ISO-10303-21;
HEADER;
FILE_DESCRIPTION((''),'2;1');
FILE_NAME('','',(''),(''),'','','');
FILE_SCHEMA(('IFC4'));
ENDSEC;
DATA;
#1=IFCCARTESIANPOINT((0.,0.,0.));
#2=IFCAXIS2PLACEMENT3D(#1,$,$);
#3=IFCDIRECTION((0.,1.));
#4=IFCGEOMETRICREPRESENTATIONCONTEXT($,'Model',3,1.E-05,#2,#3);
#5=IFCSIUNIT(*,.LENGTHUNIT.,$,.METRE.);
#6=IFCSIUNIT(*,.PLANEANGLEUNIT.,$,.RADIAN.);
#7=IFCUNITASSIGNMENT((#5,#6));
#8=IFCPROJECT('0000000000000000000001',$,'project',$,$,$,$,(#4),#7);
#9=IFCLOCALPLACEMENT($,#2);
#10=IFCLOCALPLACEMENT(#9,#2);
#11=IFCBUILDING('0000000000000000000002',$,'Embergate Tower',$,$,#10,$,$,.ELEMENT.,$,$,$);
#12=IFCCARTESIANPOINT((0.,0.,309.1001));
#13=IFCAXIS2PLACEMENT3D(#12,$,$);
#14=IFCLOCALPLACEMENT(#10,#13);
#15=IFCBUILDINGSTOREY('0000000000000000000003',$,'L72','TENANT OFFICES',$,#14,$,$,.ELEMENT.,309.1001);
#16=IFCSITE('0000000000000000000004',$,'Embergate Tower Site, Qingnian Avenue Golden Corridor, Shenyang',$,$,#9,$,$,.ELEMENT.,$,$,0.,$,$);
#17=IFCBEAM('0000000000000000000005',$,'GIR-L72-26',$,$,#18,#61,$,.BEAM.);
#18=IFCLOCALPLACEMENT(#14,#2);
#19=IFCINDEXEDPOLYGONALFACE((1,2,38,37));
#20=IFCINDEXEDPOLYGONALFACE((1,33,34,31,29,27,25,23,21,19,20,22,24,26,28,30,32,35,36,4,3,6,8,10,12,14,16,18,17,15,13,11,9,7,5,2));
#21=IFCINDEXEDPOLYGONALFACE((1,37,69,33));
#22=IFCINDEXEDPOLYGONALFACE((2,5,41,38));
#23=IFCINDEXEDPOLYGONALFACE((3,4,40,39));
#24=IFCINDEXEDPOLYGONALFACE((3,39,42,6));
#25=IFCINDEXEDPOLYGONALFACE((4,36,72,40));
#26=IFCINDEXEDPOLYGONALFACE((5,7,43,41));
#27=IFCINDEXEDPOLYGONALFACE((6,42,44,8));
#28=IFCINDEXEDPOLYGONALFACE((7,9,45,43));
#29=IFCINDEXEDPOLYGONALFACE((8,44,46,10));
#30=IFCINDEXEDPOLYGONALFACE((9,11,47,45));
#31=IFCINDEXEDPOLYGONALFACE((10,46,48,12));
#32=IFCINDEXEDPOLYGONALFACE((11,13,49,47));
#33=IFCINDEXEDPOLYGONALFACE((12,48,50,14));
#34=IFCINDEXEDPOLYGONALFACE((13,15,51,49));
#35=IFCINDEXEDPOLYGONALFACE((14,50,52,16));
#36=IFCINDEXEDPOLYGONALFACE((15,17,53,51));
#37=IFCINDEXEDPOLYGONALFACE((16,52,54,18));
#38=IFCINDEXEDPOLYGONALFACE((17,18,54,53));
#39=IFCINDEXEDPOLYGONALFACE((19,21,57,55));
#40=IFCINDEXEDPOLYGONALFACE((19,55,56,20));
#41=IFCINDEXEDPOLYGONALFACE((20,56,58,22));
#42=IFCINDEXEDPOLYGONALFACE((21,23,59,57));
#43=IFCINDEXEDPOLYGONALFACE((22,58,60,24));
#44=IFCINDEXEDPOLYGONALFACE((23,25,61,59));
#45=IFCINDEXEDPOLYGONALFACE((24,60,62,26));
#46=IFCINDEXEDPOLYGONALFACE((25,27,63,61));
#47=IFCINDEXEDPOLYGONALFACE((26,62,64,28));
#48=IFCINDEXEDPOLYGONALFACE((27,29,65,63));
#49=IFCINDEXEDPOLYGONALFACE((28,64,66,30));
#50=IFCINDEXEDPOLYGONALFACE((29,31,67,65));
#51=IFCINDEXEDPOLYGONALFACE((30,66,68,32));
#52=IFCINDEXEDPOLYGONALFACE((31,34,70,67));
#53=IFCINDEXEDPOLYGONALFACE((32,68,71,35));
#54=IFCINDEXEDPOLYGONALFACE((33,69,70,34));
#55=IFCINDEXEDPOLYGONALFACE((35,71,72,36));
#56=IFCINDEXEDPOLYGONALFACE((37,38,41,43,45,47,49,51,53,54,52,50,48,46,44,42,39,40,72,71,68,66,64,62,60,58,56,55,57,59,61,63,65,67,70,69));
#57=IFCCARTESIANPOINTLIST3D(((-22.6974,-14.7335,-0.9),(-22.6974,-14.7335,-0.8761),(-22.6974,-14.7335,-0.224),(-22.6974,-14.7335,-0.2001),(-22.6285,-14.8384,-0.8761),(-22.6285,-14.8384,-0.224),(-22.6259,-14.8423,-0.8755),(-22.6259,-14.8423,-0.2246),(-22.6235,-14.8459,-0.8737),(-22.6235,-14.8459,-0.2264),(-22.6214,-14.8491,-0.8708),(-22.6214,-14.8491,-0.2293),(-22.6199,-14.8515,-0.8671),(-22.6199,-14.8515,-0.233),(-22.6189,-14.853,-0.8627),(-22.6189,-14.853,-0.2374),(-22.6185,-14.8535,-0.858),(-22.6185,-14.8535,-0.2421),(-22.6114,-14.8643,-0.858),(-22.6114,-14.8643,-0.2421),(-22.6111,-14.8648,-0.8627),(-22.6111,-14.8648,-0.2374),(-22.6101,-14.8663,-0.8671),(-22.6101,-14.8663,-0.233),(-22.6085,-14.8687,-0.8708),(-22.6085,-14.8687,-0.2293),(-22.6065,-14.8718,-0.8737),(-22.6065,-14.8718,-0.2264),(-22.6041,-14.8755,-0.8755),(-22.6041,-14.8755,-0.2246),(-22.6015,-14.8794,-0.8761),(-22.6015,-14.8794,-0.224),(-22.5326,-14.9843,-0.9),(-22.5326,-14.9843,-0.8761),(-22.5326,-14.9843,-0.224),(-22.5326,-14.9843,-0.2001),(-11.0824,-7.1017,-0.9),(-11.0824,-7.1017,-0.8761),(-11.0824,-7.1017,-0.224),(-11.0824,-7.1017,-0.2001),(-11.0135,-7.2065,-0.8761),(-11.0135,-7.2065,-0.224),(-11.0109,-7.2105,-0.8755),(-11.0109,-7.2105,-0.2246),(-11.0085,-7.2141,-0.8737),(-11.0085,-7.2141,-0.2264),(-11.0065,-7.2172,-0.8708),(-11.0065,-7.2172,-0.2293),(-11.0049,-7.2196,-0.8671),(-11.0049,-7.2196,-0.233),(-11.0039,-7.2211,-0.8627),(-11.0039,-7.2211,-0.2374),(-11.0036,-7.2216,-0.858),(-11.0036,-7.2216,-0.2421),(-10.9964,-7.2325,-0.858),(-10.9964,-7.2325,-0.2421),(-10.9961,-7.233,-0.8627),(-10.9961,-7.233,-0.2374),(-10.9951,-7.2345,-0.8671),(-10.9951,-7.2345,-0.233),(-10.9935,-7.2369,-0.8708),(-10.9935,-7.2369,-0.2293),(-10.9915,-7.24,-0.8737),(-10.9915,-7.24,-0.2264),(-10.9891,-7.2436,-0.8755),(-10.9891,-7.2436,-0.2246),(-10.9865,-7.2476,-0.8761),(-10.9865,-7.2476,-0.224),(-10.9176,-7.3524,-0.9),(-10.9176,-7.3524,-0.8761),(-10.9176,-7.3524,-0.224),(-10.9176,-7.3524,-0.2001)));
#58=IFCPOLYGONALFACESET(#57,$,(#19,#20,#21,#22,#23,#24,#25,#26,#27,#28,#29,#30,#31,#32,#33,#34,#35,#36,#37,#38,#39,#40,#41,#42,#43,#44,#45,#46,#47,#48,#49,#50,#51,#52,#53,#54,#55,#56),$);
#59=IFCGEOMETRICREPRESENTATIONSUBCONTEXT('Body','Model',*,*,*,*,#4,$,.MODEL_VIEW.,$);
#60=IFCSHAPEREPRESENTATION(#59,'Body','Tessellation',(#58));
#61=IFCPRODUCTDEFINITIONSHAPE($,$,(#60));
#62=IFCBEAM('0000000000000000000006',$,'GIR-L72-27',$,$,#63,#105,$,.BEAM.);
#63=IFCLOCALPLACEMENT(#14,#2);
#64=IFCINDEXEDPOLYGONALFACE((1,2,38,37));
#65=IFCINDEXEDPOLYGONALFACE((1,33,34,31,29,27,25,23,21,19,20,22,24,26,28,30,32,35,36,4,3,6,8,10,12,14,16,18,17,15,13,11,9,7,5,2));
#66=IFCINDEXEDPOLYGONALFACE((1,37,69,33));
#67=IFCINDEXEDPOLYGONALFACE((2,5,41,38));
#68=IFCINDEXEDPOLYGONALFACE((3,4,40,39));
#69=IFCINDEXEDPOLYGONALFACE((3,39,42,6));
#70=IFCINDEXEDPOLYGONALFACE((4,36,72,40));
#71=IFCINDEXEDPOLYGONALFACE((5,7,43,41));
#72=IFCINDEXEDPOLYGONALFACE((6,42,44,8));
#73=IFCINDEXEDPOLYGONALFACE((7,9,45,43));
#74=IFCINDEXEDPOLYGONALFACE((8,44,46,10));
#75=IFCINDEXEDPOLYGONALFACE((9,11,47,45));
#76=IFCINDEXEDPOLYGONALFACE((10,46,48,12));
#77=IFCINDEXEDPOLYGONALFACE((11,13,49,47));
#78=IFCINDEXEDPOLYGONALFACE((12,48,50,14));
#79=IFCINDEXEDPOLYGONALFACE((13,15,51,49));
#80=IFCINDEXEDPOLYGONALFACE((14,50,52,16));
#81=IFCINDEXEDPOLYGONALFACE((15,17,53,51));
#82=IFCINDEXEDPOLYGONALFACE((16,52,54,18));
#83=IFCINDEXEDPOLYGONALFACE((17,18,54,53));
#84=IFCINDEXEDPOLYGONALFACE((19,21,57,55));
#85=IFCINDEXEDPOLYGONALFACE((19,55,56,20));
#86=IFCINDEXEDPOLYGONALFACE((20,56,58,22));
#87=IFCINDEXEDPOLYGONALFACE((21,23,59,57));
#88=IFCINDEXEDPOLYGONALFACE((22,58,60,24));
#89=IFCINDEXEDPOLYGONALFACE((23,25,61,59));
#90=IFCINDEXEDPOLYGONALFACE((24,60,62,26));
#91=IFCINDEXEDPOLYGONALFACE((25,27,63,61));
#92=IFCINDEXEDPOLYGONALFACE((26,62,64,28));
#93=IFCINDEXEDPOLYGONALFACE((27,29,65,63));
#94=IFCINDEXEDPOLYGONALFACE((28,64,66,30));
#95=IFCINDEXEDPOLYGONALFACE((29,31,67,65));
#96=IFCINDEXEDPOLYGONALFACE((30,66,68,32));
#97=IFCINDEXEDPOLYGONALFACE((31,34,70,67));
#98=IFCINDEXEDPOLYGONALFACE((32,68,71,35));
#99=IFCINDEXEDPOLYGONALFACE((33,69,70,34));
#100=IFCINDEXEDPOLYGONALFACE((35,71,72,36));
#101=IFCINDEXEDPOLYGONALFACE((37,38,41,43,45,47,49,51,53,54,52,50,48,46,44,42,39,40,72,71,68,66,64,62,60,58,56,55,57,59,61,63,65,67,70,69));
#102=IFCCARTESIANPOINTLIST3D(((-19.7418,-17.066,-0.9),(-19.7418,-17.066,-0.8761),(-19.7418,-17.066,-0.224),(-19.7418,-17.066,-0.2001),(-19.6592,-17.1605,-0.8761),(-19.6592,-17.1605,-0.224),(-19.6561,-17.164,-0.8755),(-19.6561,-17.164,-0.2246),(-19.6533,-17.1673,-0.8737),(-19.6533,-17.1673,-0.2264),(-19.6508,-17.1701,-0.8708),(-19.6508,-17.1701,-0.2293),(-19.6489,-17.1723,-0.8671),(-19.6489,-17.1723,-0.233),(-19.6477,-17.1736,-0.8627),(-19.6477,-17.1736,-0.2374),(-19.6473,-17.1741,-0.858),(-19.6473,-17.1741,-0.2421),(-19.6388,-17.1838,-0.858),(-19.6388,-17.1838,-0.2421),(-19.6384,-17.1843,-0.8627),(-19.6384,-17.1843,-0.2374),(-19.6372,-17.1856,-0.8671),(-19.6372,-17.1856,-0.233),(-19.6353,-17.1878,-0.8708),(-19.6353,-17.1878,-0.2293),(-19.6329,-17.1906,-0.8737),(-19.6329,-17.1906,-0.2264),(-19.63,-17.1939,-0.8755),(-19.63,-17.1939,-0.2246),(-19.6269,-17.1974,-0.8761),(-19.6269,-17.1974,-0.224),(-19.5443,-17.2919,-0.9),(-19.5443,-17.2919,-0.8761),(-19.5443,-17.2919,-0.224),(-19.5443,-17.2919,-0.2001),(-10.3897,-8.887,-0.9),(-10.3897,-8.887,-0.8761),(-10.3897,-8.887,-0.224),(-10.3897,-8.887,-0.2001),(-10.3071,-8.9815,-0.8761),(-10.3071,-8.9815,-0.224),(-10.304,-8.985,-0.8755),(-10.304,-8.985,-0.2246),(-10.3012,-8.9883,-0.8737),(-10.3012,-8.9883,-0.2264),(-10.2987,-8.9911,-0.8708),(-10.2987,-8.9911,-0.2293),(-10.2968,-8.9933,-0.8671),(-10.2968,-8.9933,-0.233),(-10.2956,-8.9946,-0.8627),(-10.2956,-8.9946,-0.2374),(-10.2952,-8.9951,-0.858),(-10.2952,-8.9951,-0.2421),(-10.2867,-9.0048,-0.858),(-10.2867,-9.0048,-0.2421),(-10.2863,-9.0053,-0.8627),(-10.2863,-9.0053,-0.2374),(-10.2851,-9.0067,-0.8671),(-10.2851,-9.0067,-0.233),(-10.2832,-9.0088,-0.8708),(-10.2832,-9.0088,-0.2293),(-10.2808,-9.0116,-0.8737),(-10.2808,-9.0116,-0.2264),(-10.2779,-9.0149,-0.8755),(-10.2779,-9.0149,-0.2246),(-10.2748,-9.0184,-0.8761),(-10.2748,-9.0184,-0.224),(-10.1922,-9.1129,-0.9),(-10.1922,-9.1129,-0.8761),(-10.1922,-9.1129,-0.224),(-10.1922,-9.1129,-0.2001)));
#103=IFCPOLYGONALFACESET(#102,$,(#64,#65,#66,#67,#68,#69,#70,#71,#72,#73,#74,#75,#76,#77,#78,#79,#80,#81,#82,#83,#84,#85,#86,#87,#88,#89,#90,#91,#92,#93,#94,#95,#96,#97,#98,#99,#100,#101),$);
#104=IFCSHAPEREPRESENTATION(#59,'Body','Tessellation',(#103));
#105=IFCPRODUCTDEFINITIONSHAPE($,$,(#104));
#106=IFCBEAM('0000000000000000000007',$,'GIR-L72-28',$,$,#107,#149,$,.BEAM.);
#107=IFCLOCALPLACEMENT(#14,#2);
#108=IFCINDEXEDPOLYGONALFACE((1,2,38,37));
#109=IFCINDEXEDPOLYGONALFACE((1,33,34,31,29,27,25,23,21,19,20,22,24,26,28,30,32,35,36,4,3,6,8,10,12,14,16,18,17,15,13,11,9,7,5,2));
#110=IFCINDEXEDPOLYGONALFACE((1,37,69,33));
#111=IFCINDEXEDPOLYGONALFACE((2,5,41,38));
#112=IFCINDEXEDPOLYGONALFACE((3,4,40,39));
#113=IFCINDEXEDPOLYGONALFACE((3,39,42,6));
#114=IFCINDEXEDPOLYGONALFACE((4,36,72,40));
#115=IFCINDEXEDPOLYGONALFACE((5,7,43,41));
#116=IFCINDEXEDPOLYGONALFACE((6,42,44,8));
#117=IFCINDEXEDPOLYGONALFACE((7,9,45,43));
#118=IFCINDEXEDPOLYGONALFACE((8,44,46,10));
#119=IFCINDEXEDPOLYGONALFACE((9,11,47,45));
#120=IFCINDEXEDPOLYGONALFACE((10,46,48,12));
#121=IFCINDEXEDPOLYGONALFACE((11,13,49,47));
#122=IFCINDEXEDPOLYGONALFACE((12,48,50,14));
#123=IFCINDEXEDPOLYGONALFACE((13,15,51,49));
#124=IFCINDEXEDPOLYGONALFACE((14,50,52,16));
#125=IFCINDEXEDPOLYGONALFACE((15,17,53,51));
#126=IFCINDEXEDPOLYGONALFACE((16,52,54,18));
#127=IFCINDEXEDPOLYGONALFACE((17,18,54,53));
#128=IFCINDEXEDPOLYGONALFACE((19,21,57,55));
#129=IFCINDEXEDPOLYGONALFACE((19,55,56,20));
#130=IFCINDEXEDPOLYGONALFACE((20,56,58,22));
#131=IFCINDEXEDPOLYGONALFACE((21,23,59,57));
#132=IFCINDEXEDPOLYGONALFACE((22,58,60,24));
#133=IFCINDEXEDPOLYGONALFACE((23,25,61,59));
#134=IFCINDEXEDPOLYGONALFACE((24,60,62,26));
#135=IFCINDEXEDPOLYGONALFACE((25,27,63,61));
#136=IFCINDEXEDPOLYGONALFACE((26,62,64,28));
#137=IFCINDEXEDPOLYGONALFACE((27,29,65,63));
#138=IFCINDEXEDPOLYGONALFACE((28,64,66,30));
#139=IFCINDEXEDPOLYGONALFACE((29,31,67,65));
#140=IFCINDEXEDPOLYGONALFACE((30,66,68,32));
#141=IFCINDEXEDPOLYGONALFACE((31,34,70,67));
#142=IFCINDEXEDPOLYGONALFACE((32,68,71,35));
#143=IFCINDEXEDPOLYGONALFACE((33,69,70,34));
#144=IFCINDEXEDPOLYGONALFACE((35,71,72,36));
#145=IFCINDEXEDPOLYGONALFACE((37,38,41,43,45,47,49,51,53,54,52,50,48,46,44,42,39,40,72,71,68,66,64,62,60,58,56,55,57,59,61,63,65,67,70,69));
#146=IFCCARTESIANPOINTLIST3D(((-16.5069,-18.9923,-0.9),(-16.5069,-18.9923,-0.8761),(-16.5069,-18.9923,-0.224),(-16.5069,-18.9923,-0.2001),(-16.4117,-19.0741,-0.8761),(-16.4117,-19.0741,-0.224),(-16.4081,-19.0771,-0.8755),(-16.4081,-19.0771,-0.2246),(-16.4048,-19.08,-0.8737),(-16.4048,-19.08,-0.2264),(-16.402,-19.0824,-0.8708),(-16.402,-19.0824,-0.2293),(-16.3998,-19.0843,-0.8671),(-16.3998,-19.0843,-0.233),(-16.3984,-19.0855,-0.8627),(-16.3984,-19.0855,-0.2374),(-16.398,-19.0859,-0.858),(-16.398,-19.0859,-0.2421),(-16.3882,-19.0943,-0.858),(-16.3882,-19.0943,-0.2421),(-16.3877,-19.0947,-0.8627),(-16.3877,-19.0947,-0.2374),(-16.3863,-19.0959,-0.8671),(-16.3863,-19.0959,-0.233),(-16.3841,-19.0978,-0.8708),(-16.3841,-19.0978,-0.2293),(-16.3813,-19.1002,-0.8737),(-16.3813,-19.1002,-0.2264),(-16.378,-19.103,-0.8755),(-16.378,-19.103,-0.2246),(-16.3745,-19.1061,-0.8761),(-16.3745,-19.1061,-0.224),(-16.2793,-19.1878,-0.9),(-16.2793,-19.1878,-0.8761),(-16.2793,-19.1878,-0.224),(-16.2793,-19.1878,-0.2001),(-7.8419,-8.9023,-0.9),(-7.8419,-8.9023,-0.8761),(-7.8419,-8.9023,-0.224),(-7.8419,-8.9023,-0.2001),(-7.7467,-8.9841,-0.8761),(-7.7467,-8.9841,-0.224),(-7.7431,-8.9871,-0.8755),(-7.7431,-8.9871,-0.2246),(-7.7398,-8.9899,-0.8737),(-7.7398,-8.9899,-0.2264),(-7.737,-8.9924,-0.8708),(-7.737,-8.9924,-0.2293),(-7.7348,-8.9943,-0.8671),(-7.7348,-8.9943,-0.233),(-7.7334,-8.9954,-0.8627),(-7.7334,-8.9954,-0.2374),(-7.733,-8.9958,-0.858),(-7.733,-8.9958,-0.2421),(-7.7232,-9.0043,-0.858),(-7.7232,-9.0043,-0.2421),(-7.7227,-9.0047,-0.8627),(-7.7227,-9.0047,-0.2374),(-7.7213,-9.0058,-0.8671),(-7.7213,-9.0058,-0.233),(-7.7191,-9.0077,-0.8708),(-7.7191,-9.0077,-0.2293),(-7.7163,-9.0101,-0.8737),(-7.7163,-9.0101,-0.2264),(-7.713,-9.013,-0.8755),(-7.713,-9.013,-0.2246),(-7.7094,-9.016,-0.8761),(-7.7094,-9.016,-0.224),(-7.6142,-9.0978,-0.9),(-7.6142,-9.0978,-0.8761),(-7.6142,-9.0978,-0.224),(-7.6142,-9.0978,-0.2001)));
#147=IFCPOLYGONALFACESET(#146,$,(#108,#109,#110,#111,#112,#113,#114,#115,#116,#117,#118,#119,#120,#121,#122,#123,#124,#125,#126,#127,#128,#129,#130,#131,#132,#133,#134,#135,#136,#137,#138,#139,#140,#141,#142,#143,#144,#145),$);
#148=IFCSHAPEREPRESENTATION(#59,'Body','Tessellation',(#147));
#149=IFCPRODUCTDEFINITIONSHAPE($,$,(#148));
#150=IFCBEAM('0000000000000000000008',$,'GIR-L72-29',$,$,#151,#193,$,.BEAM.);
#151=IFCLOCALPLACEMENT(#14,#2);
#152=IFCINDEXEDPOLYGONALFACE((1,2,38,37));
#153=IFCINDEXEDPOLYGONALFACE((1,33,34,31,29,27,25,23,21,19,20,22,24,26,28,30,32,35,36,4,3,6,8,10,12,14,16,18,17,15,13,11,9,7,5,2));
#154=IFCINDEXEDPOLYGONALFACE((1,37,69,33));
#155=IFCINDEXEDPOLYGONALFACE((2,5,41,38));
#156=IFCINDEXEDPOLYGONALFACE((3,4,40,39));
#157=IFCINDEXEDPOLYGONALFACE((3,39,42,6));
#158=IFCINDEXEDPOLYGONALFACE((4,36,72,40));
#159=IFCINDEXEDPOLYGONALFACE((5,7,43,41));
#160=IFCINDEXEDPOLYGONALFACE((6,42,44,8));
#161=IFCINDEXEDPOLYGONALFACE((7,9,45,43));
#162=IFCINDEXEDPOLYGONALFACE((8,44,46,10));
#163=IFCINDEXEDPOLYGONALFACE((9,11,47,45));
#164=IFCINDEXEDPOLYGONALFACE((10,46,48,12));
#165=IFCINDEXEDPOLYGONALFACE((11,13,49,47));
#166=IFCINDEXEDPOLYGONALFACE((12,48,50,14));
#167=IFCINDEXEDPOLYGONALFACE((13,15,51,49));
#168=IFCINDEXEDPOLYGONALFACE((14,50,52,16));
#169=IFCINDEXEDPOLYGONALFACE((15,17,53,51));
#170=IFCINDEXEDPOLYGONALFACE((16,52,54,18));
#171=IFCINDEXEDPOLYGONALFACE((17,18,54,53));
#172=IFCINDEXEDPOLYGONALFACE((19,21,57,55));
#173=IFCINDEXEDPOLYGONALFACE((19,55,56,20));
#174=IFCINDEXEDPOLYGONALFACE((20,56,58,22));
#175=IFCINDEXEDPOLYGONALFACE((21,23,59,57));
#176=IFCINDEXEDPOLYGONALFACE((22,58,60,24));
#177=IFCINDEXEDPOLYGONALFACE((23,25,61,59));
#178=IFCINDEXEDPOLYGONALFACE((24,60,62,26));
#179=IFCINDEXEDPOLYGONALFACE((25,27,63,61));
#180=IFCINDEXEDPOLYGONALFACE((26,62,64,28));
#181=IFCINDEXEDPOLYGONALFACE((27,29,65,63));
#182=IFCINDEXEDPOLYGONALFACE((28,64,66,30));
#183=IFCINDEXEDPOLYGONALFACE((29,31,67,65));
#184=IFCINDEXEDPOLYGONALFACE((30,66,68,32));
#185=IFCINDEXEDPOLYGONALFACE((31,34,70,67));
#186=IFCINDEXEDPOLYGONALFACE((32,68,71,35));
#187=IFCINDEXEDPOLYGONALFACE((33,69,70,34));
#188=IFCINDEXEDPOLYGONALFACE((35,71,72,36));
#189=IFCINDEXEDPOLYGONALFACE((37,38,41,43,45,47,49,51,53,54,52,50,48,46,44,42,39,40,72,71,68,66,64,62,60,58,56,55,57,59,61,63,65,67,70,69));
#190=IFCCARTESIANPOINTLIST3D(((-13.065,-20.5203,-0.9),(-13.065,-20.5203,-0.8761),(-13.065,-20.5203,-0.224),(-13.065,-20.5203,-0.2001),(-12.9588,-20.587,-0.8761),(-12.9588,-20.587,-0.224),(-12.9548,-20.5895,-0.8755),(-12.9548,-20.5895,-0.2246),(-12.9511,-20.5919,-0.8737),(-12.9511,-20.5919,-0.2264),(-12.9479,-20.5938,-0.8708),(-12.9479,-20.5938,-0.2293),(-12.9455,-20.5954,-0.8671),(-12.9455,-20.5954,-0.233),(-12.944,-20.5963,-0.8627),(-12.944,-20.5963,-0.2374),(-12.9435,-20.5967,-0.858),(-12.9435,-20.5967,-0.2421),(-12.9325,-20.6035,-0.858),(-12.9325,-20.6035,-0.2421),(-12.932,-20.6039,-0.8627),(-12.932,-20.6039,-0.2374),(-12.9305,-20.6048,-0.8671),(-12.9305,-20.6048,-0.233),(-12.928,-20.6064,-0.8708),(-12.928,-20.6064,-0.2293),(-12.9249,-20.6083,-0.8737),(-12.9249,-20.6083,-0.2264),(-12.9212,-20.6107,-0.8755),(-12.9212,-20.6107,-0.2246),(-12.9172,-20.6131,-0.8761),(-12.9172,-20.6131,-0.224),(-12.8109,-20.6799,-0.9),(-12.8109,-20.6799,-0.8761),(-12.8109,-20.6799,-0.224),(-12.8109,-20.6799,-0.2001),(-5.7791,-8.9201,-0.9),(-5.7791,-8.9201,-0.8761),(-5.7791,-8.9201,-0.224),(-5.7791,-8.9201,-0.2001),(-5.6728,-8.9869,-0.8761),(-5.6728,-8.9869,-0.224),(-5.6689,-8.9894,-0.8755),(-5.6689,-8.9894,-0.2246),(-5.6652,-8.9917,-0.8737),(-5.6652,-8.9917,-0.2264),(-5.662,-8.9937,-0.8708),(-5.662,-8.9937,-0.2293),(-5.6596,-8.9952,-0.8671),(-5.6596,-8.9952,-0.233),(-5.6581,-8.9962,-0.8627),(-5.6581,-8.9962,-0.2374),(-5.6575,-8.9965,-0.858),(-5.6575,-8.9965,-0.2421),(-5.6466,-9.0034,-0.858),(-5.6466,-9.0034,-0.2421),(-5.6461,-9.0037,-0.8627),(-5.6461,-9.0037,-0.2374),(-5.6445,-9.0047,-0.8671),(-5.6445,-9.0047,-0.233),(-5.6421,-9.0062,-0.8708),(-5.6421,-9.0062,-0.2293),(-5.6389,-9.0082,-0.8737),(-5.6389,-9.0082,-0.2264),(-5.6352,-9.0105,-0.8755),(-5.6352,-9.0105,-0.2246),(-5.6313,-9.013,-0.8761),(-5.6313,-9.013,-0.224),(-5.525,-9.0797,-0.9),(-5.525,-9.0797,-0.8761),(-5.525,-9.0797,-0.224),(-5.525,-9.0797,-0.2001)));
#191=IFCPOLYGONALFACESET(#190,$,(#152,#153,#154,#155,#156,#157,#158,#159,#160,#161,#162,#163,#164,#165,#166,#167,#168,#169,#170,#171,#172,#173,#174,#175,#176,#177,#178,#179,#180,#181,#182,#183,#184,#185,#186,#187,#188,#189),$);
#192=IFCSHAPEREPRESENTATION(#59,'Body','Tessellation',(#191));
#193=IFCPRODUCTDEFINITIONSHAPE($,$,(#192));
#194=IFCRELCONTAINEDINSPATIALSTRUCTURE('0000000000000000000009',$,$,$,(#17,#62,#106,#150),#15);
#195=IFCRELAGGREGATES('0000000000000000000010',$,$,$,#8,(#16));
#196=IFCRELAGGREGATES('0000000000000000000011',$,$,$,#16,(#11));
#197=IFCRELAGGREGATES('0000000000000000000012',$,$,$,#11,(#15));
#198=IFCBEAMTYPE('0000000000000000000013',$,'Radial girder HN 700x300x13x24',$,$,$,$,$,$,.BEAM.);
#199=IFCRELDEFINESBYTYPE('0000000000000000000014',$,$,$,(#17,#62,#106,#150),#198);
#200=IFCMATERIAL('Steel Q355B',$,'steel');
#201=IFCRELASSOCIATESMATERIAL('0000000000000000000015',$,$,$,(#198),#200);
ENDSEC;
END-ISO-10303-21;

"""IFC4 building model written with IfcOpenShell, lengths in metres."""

from ifc_helpers import new_model, si_unit, direction, frame, origin, origin_2d, place, context, subcontext, project, spatial, i_section, extrude, source, transform, mapped, material, material_profile, profile_set, type_object, element, save


model = new_model("IFC4")

# Units and contexts
model_context = context("Model", 3, precision=1e-05, world=origin(), true_north=direction((0.0, 1.0)))
body_context = subcontext(model_context, "Body", "Model", "MODEL_VIEW")
ifc_project = project(units=[si_unit("LENGTHUNIT", "METRE"), si_unit("PLANEANGLEUNIT", "RADIAN")], contexts=[model_context])

# Site, building, storey
site_placement = place(None, origin())
site = spatial("IfcSite", under=ifc_project, at=site_placement, Name="Embergate Tower Site, Qingnian Avenue Golden Corridor, Shenyang", CompositionType="ELEMENT", RefElevation=0.0)
building_placement = place(site_placement, origin())
building = spatial("IfcBuilding", under=site, at=building_placement, Name="Embergate Tower", CompositionType="ELEMENT")
storey_placement = place(building_placement, frame((0.0, 0.0, 309.1001)))
storey = spatial("IfcBuildingStorey", under=building, at=storey_placement, Name="L72", Description="TENANT OFFICES", CompositionType="ELEMENT", Elevation=309.1001)

# Beams
ifc_material_1 = material(Name="Steel Q355B", Category="steel")
ifc_material_profile_1 = material_profile(ifc_material_1, i_section(OverallWidth=0.3, OverallDepth=0.7, WebThickness=0.0129, FlangeThickness=0.0239, FilletRadius=0.0181, at=origin_2d()), Name="HN 700x300x13x24")
ifc_profile_set_1 = profile_set([ifc_material_profile_1], Name="Steel Q355 grade B")
beam_type_1 = type_object("IfcBeamType", Name="Radial girder HN 700x300x13x24", PredefinedType="BEAM", material=ifc_profile_set_1)
shared_shape_1 = source(origin(), body_context, "Body", "SweptSolid", [
    extrude(i_section(OverallWidth=0.3, OverallDepth=0.7, WebThickness=0.0129, FlangeThickness=0.0239, FilletRadius=0.0181, at=origin_2d()), origin(), (0.0, 0.0, 1.0), 13.8979),
])
beam_1_placement = place(storey_placement, frame((-22.615, -14.8589, -0.55), z_axis=(0.835734, 0.549134, 0.0), x_axis=(-0.549134, 0.835734, 0.0)))
element("IfcBeam", 1, at=beam_1_placement, inside=storey, type_object=beam_type_1, Name="GIR-L72-26", PredefinedType="BEAM", context=body_context, shape_type="MappedRepresentation", body=[
    mapped(shared_shape_1, transform((0.0, 0.0, 0.0))),
])
shared_shape_2 = source(origin(), body_context, "Body", "SweptSolid", [
    extrude(i_section(OverallWidth=0.3, OverallDepth=0.7, WebThickness=0.0129, FlangeThickness=0.0239, FilletRadius=0.0181, at=origin_2d()), origin(), (0.0, 0.0, 1.0), 12.4241),
])
beam_2_placement = place(storey_placement, frame((-19.6431, -17.179, -0.55), z_axis=(0.75274, 0.658318, 0.0), x_axis=(-0.658318, 0.75274, 0.0)))
element("IfcBeam", 2, at=beam_2_placement, inside=storey, type_object=beam_type_1, Name="GIR-L72-27", PredefinedType="BEAM", context=body_context, shape_type="MappedRepresentation", body=[
    mapped(shared_shape_2, transform((0.0, 0.0, 0.0))),
])
shared_shape_3 = source(origin(), body_context, "Body", "SweptSolid", [
    extrude(i_section(OverallWidth=0.3, OverallDepth=0.7, WebThickness=0.0129, FlangeThickness=0.0239, FilletRadius=0.0181, at=origin_2d()), origin(), (0.0, 0.0, 1.0), 13.3),
])
beam_3_placement = place(storey_placement, frame((-16.3931, -19.0901, -0.55), z_axis=(0.651502, 0.758647, 0.0), x_axis=(-0.758647, 0.651502, 0.0)))
element("IfcBeam", 3, at=beam_3_placement, inside=storey, type_object=beam_type_1, Name="GIR-L72-28", PredefinedType="BEAM", context=body_context, shape_type="MappedRepresentation", body=[
    mapped(shared_shape_3, transform((0.0, 0.0, 0.0))),
])
shared_shape_4 = source(origin(), body_context, "Body", "SweptSolid", [
    extrude(i_section(OverallWidth=0.3, OverallDepth=0.7, WebThickness=0.0129, FlangeThickness=0.0239, FilletRadius=0.0181, at=origin_2d()), origin(), (0.0, 0.0, 1.0), 13.6985),
])
beam_4_placement = place(storey_placement, frame((-12.938, -20.6001, -0.55), z_axis=(0.531878, 0.846821, 0.0), x_axis=(-0.846821, 0.531878, 0.0)))
element("IfcBeam", 4, at=beam_4_placement, inside=storey, type_object=beam_type_1, Name="GIR-L72-29", PredefinedType="BEAM", context=body_context, shape_type="MappedRepresentation", body=[
    mapped(shared_shape_4, transform((0.0, 0.0, 0.0))),
])

save(model, "model.ifc")
